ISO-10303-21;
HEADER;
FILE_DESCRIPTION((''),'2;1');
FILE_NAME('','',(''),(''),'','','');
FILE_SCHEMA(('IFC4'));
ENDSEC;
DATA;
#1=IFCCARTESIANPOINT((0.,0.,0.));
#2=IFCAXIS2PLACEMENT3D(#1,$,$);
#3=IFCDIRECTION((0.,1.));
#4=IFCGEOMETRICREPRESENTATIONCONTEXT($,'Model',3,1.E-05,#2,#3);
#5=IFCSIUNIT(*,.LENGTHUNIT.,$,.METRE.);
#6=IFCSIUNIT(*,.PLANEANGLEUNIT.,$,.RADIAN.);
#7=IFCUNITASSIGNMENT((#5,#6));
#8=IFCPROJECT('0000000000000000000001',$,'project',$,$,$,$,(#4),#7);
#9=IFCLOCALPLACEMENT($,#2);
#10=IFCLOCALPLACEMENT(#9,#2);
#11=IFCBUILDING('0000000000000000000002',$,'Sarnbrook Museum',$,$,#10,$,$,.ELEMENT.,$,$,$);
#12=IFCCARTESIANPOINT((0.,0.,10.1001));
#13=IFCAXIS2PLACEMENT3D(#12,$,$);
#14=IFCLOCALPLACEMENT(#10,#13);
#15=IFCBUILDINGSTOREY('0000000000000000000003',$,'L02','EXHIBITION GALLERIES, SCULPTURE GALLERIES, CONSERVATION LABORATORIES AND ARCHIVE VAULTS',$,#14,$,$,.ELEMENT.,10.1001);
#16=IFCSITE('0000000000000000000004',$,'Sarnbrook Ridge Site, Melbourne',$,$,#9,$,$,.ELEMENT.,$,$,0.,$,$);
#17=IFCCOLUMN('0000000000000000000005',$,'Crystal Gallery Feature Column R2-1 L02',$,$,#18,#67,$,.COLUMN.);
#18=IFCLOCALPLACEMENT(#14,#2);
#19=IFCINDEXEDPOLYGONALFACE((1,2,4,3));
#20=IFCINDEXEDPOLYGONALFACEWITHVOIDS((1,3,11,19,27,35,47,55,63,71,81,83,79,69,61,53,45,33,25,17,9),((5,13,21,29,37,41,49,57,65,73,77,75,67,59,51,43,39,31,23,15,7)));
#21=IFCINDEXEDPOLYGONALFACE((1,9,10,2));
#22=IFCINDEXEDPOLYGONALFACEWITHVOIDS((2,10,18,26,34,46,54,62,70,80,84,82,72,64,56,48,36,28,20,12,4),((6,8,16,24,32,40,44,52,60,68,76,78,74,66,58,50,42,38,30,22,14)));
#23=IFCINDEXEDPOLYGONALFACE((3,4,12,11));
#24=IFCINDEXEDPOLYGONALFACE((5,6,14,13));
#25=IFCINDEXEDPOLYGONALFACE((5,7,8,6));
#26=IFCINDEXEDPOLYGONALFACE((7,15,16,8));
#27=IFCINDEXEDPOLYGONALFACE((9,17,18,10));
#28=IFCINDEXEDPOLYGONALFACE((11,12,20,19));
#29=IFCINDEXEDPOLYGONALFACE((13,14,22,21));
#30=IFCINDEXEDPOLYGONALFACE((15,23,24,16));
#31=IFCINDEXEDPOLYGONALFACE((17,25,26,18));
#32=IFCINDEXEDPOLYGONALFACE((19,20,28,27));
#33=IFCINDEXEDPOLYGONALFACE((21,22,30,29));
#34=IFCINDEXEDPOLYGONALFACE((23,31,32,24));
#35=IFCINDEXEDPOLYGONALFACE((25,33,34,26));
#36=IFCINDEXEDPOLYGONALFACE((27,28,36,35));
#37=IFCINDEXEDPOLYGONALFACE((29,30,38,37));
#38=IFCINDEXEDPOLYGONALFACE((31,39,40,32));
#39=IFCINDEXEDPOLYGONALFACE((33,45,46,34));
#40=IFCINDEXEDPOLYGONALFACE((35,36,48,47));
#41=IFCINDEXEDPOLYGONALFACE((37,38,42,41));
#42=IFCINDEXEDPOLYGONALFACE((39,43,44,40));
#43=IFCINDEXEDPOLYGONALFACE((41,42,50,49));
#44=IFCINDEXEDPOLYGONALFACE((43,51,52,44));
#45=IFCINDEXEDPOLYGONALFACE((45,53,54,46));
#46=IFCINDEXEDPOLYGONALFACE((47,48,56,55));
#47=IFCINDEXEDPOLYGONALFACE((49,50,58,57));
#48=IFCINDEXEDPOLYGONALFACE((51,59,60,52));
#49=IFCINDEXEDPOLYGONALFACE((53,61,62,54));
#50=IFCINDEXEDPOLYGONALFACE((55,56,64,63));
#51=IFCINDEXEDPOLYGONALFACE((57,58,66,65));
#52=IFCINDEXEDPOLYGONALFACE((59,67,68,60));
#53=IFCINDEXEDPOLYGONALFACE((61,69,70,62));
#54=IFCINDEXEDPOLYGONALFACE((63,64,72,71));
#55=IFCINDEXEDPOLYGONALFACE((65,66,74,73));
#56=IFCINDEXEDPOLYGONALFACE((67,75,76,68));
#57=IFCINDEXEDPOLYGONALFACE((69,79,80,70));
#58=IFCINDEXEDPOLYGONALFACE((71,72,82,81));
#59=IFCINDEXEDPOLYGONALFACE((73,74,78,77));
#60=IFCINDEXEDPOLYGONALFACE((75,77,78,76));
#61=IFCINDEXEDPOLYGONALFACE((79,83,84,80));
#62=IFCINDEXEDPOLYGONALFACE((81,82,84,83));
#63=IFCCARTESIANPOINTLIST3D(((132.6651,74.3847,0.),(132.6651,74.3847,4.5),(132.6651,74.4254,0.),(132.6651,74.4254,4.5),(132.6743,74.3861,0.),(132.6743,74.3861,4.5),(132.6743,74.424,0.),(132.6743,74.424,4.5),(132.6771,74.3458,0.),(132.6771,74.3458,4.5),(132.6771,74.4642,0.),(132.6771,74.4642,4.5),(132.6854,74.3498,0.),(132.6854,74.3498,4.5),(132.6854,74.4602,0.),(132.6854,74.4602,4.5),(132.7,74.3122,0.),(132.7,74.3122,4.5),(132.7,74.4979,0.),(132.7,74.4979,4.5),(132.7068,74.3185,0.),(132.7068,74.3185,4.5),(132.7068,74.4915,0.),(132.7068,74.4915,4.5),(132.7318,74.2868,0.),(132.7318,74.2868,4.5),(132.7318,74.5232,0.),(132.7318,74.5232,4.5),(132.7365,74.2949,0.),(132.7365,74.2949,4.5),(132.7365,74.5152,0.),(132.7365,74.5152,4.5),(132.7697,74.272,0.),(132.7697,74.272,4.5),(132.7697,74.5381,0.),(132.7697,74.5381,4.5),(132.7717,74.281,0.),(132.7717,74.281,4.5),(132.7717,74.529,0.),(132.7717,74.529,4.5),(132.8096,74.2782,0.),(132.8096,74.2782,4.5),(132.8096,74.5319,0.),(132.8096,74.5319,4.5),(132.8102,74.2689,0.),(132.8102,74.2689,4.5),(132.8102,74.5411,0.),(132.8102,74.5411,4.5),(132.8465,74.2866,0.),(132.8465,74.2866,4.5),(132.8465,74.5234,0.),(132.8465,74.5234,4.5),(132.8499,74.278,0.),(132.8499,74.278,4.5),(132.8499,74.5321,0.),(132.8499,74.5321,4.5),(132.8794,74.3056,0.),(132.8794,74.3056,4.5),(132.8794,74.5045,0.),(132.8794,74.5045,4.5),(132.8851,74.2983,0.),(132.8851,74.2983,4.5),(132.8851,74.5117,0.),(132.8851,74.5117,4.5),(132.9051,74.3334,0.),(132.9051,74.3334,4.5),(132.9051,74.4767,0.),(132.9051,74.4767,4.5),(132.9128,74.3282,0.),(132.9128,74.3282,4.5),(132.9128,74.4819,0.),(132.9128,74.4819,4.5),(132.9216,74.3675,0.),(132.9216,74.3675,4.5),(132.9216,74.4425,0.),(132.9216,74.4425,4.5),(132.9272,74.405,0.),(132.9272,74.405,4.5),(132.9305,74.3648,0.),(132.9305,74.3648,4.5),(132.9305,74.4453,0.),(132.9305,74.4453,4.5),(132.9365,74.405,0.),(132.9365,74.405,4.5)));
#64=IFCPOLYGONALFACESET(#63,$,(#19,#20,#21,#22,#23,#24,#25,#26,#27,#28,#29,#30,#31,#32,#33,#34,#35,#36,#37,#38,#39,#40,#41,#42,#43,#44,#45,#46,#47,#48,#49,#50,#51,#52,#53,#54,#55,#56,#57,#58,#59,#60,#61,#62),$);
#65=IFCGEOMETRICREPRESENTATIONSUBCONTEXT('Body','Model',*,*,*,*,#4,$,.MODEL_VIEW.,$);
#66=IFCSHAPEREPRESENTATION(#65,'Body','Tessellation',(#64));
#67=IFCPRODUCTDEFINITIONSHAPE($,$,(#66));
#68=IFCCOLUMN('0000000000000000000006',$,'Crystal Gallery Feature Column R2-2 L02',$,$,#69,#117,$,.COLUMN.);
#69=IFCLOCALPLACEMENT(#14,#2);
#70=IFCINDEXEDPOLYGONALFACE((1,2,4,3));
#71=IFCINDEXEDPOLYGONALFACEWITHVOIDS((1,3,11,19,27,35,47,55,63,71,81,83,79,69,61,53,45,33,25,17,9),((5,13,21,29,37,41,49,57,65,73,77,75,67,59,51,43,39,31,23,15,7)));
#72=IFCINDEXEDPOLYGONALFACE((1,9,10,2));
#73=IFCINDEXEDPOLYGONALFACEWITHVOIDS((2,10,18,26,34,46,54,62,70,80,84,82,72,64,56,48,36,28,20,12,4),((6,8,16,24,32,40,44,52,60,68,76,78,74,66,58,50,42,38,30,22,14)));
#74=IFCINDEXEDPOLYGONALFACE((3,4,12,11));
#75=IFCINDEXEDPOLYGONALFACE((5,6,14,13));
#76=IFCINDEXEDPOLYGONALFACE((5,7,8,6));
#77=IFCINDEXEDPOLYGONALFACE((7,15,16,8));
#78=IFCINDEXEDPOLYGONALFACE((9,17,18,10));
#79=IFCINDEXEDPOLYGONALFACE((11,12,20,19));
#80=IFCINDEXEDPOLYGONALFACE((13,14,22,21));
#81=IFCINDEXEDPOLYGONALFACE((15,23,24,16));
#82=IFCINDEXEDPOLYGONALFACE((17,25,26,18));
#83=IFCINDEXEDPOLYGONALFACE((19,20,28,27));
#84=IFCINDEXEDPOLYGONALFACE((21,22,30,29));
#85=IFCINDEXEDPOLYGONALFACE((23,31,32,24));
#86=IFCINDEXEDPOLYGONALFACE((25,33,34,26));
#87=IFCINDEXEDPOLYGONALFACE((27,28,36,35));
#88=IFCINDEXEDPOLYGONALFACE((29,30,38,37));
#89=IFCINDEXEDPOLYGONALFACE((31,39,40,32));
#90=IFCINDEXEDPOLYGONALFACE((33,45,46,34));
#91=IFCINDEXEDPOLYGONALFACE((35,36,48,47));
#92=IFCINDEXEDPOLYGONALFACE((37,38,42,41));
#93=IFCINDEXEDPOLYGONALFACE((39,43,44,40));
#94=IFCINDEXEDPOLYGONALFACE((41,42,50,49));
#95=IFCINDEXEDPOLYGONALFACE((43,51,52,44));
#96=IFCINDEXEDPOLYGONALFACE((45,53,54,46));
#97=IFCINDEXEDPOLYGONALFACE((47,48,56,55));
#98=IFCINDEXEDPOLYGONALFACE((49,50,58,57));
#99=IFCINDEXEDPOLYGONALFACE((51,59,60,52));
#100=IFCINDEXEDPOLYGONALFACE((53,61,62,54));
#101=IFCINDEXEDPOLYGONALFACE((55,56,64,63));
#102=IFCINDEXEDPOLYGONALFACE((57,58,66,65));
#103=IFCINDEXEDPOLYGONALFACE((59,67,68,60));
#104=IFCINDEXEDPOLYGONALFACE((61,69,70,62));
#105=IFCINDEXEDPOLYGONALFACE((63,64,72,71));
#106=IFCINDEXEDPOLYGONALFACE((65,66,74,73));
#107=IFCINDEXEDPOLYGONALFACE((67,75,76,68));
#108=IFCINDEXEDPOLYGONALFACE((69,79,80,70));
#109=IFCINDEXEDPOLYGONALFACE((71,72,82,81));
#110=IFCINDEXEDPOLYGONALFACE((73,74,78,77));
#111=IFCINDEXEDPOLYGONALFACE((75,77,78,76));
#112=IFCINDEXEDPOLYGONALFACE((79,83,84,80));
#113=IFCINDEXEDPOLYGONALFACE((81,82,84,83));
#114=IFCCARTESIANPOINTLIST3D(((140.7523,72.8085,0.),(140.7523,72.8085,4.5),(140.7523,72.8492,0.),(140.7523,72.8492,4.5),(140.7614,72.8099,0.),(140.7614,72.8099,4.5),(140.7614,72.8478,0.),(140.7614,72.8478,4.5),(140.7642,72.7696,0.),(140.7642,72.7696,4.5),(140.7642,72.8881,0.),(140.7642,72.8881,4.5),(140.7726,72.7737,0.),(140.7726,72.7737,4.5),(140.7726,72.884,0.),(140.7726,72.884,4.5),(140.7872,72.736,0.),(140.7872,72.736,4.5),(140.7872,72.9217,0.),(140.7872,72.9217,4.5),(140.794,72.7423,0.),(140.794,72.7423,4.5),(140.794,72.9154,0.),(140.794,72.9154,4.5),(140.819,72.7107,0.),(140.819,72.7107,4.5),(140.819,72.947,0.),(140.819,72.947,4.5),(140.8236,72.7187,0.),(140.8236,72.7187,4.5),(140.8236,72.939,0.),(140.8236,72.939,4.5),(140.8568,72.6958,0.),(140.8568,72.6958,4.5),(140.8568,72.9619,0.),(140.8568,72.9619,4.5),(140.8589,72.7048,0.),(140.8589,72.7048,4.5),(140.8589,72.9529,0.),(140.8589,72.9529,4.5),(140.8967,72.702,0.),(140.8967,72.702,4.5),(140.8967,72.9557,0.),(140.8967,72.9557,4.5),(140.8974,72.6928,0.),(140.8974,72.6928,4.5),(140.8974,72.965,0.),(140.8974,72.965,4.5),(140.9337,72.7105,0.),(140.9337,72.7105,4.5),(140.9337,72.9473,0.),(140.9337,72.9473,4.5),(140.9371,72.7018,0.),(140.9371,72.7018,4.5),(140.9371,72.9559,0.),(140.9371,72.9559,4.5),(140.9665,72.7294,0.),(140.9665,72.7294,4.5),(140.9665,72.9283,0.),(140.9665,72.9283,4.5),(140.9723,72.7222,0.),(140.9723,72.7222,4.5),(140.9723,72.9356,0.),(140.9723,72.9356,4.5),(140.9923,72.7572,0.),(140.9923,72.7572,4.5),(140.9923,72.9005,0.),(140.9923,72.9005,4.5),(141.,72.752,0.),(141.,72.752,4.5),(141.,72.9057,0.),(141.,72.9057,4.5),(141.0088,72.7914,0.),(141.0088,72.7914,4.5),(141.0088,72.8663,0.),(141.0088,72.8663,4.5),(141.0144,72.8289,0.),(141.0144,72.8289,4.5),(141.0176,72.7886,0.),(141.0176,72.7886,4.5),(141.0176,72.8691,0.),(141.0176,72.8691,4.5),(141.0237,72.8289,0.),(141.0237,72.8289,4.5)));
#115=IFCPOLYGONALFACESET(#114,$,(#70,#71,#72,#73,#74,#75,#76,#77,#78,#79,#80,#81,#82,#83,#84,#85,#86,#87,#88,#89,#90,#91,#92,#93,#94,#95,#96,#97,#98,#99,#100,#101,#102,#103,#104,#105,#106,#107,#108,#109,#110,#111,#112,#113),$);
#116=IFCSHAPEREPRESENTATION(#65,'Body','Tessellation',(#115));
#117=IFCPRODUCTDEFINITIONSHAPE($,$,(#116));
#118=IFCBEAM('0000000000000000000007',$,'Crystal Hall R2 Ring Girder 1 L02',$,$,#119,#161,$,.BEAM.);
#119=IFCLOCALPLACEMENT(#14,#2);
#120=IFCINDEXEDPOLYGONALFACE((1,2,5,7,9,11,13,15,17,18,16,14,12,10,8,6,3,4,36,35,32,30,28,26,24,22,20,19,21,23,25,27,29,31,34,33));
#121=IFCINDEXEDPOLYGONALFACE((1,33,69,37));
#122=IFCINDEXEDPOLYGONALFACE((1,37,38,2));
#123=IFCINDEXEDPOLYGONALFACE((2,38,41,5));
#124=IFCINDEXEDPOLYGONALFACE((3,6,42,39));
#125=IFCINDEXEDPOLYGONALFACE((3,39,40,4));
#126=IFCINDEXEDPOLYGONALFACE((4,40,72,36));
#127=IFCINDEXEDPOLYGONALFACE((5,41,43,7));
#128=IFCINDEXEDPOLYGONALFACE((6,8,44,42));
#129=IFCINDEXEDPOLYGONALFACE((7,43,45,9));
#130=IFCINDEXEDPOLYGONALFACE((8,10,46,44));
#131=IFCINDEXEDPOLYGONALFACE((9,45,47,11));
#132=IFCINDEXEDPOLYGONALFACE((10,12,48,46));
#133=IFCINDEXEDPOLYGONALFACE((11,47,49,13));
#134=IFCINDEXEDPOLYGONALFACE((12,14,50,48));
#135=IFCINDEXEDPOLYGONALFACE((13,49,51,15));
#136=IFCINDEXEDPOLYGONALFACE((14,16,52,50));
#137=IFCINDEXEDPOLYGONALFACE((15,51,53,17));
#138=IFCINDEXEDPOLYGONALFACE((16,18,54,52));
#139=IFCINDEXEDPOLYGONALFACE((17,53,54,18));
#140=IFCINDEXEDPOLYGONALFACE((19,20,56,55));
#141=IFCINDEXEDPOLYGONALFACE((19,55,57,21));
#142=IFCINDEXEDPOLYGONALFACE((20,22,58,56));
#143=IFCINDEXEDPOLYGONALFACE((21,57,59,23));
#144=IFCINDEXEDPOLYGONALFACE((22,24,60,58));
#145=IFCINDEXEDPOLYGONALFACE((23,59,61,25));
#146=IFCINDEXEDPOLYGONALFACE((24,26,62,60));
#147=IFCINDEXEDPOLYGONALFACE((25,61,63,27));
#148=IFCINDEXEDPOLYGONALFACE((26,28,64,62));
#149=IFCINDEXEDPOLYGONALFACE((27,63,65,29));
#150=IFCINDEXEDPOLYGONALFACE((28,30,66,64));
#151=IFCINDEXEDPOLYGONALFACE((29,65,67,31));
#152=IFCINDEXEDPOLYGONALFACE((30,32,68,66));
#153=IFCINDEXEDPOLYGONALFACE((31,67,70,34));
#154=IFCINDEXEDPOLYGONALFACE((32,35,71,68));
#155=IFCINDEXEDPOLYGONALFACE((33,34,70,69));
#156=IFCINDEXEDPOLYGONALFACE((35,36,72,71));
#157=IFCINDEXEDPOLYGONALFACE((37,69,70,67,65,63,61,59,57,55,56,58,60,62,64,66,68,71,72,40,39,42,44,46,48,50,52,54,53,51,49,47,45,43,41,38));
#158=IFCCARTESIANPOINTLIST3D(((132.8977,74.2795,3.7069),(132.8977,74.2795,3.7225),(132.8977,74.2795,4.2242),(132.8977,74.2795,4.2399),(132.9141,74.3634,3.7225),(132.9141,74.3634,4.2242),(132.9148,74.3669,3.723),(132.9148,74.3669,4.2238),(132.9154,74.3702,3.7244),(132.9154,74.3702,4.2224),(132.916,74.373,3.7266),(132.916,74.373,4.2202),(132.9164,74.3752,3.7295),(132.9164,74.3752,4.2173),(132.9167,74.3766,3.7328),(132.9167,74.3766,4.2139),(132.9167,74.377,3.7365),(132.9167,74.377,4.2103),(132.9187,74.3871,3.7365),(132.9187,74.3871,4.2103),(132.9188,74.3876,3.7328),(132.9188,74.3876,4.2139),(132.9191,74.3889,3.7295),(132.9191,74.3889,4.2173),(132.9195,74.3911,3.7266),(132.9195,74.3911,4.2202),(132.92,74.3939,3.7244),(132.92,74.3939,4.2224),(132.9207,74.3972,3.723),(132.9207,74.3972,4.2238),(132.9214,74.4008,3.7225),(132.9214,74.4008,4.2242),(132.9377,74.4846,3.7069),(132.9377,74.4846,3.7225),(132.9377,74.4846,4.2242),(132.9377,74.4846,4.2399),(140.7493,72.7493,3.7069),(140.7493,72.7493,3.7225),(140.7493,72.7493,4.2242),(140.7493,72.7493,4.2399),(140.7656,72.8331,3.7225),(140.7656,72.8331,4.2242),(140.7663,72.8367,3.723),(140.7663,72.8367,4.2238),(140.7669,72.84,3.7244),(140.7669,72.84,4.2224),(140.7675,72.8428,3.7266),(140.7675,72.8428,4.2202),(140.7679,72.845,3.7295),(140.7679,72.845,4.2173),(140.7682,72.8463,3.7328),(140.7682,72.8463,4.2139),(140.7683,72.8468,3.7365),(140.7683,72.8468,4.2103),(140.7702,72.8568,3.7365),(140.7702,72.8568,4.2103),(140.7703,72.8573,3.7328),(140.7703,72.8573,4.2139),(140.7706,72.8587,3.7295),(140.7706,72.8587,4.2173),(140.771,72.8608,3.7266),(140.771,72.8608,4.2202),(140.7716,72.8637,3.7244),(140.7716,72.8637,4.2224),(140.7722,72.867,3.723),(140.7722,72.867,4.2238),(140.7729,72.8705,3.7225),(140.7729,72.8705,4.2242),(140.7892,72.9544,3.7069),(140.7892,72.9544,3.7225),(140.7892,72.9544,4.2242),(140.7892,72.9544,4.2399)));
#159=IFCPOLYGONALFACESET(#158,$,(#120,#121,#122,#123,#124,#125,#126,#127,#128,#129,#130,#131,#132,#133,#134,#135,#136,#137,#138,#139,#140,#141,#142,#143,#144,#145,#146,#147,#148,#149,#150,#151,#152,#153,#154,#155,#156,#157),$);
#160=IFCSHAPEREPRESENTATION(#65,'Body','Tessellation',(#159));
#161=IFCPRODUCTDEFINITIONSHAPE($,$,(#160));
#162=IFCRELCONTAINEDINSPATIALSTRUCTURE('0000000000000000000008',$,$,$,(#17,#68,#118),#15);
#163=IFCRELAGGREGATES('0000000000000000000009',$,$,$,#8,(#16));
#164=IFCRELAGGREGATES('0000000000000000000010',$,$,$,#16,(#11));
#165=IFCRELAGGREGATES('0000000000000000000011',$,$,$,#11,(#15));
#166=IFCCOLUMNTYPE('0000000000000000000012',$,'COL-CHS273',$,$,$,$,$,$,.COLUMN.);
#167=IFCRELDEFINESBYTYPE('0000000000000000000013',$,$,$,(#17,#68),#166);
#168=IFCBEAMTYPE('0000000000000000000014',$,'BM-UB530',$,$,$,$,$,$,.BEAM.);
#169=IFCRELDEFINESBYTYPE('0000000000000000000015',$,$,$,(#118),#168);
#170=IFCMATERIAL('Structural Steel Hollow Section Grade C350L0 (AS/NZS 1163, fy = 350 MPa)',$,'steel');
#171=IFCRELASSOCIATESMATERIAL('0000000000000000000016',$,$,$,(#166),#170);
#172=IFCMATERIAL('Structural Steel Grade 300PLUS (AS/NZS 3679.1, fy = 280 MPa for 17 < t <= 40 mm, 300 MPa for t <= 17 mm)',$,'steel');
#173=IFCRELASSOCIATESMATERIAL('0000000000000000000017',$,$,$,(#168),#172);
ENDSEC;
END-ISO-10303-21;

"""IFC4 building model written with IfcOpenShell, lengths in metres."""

from ifc_helpers import new_model, si_unit, direction, frame, origin, origin_2d, place, context, subcontext, project, spatial, hollow_circle, i_section, extrude, material, material_profile, profile_set, type_object, element, save


model = new_model("IFC4")

# Units and contexts
model_context = context("Model", 3, precision=1e-05, world=origin(), true_north=direction((0.0, 1.0)))
body_context = subcontext(model_context, "Body", "Model", "MODEL_VIEW")
ifc_project = project(units=[si_unit("LENGTHUNIT", "METRE"), si_unit("PLANEANGLEUNIT", "RADIAN")], contexts=[model_context])

# Site, building, storey
site_placement = place(None, origin())
site = spatial("IfcSite", under=ifc_project, at=site_placement, Name="Sarnbrook Ridge Site, Melbourne", CompositionType="ELEMENT", RefElevation=0.0)
building_placement = place(site_placement, origin())
building = spatial("IfcBuilding", under=site, at=building_placement, Name="Sarnbrook Museum", CompositionType="ELEMENT")
storey_placement = place(building_placement, frame((0.0, 0.0, 10.1001)))
storey = spatial("IfcBuildingStorey", under=building, at=storey_placement, Name="L02", Description="EXHIBITION GALLERIES, SCULPTURE GALLERIES, CONSERVATION LABORATORIES AND ARCHIVE VAULTS", CompositionType="ELEMENT", Elevation=10.1001)

# Columns
ifc_material_1 = material(Name="Structural Steel Hollow Section Grade C350L0 (AS/NZS 1163, fy = 350 MPa)", Category="steel")
ifc_material_profile_1 = material_profile(ifc_material_1, hollow_circle(Radius=0.1365, WallThickness=0.0093, at=origin_2d()), Name="273.1x9.3CHS")
ifc_profile_set_1 = profile_set([ifc_material_profile_1], Name="Structural Steel Hollow Section Grade C350L0 (AS/NZS 1163, fy = 350 MPa)")
column_type = type_object("IfcColumnType", Name="COL-CHS273", PredefinedType="COLUMN", material=ifc_profile_set_1)
for number, where, z_axis, x_axis, name in (
    (1, (132.8, 74.405, 0.0), (0.0, 0.0, 1.0), (1.0, 0.0, 0.0), "Crystal Gallery Feature Column R2-1 L02"),
    (2, (140.8872, 72.8289, 0.0), (0.0, 0.0, 1.0), (1.0, 0.0, 0.0), "Crystal Gallery Feature Column R2-2 L02"),
):
    element("IfcColumn", number, at=place(storey_placement, frame(where, z_axis=z_axis, x_axis=x_axis)), inside=storey, type_object=column_type, Name=name, PredefinedType="COLUMN", context=body_context, shape_type="SweptSolid", body=[
        extrude(hollow_circle(Radius=0.1365, WallThickness=0.0093, at=origin_2d()), origin(), (0.0, 0.0, 1.0), 4.5),
    ])

# Beam
ifc_material_2 = material(Name="Structural Steel Grade 300PLUS (AS/NZS 3679.1, fy = 280 MPa for 17 < t <= 40 mm, 300 MPa for t <= 17 mm)", Category="steel")
ifc_material_profile_2 = material_profile(ifc_material_2, i_section(OverallWidth=0.209, OverallDepth=0.533, WebThickness=0.0103, FlangeThickness=0.0156, FilletRadius=0.0139, at=origin_2d()), Name="530UB92.4")
ifc_profile_set_2 = profile_set([ifc_material_profile_2], Name="Structural Steel Grade 300PLUS (AS/NZS 3679.1, fy = 280 MPa for 17 < t <= 40 mm, 300 MPa for t <= 17 mm)")
beam_type_1 = type_object("IfcBeamType", Name="BM-UB530", PredefinedType="BEAM", material=ifc_profile_set_2)
beam_1_placement = place(storey_placement, frame((132.9177, 74.3821, 3.9734), z_axis=(0.981531, -0.191301, 0.0), x_axis=(0.191301, 0.981531, 0.0)))
element("IfcBeam", 3, at=beam_1_placement, inside=storey, type_object=beam_type_1, Name="Crystal Hall R2 Ring Girder 1 L02", PredefinedType="BEAM", context=body_context, shape_type="SweptSolid", body=[
    extrude(i_section(OverallWidth=0.209, OverallDepth=0.533, WebThickness=0.0103, FlangeThickness=0.0156, FilletRadius=0.0139, at=origin_2d()), origin(), (0.0, 0.0, 1.0), 7.9993),
])

save(model, "model.ifc")
